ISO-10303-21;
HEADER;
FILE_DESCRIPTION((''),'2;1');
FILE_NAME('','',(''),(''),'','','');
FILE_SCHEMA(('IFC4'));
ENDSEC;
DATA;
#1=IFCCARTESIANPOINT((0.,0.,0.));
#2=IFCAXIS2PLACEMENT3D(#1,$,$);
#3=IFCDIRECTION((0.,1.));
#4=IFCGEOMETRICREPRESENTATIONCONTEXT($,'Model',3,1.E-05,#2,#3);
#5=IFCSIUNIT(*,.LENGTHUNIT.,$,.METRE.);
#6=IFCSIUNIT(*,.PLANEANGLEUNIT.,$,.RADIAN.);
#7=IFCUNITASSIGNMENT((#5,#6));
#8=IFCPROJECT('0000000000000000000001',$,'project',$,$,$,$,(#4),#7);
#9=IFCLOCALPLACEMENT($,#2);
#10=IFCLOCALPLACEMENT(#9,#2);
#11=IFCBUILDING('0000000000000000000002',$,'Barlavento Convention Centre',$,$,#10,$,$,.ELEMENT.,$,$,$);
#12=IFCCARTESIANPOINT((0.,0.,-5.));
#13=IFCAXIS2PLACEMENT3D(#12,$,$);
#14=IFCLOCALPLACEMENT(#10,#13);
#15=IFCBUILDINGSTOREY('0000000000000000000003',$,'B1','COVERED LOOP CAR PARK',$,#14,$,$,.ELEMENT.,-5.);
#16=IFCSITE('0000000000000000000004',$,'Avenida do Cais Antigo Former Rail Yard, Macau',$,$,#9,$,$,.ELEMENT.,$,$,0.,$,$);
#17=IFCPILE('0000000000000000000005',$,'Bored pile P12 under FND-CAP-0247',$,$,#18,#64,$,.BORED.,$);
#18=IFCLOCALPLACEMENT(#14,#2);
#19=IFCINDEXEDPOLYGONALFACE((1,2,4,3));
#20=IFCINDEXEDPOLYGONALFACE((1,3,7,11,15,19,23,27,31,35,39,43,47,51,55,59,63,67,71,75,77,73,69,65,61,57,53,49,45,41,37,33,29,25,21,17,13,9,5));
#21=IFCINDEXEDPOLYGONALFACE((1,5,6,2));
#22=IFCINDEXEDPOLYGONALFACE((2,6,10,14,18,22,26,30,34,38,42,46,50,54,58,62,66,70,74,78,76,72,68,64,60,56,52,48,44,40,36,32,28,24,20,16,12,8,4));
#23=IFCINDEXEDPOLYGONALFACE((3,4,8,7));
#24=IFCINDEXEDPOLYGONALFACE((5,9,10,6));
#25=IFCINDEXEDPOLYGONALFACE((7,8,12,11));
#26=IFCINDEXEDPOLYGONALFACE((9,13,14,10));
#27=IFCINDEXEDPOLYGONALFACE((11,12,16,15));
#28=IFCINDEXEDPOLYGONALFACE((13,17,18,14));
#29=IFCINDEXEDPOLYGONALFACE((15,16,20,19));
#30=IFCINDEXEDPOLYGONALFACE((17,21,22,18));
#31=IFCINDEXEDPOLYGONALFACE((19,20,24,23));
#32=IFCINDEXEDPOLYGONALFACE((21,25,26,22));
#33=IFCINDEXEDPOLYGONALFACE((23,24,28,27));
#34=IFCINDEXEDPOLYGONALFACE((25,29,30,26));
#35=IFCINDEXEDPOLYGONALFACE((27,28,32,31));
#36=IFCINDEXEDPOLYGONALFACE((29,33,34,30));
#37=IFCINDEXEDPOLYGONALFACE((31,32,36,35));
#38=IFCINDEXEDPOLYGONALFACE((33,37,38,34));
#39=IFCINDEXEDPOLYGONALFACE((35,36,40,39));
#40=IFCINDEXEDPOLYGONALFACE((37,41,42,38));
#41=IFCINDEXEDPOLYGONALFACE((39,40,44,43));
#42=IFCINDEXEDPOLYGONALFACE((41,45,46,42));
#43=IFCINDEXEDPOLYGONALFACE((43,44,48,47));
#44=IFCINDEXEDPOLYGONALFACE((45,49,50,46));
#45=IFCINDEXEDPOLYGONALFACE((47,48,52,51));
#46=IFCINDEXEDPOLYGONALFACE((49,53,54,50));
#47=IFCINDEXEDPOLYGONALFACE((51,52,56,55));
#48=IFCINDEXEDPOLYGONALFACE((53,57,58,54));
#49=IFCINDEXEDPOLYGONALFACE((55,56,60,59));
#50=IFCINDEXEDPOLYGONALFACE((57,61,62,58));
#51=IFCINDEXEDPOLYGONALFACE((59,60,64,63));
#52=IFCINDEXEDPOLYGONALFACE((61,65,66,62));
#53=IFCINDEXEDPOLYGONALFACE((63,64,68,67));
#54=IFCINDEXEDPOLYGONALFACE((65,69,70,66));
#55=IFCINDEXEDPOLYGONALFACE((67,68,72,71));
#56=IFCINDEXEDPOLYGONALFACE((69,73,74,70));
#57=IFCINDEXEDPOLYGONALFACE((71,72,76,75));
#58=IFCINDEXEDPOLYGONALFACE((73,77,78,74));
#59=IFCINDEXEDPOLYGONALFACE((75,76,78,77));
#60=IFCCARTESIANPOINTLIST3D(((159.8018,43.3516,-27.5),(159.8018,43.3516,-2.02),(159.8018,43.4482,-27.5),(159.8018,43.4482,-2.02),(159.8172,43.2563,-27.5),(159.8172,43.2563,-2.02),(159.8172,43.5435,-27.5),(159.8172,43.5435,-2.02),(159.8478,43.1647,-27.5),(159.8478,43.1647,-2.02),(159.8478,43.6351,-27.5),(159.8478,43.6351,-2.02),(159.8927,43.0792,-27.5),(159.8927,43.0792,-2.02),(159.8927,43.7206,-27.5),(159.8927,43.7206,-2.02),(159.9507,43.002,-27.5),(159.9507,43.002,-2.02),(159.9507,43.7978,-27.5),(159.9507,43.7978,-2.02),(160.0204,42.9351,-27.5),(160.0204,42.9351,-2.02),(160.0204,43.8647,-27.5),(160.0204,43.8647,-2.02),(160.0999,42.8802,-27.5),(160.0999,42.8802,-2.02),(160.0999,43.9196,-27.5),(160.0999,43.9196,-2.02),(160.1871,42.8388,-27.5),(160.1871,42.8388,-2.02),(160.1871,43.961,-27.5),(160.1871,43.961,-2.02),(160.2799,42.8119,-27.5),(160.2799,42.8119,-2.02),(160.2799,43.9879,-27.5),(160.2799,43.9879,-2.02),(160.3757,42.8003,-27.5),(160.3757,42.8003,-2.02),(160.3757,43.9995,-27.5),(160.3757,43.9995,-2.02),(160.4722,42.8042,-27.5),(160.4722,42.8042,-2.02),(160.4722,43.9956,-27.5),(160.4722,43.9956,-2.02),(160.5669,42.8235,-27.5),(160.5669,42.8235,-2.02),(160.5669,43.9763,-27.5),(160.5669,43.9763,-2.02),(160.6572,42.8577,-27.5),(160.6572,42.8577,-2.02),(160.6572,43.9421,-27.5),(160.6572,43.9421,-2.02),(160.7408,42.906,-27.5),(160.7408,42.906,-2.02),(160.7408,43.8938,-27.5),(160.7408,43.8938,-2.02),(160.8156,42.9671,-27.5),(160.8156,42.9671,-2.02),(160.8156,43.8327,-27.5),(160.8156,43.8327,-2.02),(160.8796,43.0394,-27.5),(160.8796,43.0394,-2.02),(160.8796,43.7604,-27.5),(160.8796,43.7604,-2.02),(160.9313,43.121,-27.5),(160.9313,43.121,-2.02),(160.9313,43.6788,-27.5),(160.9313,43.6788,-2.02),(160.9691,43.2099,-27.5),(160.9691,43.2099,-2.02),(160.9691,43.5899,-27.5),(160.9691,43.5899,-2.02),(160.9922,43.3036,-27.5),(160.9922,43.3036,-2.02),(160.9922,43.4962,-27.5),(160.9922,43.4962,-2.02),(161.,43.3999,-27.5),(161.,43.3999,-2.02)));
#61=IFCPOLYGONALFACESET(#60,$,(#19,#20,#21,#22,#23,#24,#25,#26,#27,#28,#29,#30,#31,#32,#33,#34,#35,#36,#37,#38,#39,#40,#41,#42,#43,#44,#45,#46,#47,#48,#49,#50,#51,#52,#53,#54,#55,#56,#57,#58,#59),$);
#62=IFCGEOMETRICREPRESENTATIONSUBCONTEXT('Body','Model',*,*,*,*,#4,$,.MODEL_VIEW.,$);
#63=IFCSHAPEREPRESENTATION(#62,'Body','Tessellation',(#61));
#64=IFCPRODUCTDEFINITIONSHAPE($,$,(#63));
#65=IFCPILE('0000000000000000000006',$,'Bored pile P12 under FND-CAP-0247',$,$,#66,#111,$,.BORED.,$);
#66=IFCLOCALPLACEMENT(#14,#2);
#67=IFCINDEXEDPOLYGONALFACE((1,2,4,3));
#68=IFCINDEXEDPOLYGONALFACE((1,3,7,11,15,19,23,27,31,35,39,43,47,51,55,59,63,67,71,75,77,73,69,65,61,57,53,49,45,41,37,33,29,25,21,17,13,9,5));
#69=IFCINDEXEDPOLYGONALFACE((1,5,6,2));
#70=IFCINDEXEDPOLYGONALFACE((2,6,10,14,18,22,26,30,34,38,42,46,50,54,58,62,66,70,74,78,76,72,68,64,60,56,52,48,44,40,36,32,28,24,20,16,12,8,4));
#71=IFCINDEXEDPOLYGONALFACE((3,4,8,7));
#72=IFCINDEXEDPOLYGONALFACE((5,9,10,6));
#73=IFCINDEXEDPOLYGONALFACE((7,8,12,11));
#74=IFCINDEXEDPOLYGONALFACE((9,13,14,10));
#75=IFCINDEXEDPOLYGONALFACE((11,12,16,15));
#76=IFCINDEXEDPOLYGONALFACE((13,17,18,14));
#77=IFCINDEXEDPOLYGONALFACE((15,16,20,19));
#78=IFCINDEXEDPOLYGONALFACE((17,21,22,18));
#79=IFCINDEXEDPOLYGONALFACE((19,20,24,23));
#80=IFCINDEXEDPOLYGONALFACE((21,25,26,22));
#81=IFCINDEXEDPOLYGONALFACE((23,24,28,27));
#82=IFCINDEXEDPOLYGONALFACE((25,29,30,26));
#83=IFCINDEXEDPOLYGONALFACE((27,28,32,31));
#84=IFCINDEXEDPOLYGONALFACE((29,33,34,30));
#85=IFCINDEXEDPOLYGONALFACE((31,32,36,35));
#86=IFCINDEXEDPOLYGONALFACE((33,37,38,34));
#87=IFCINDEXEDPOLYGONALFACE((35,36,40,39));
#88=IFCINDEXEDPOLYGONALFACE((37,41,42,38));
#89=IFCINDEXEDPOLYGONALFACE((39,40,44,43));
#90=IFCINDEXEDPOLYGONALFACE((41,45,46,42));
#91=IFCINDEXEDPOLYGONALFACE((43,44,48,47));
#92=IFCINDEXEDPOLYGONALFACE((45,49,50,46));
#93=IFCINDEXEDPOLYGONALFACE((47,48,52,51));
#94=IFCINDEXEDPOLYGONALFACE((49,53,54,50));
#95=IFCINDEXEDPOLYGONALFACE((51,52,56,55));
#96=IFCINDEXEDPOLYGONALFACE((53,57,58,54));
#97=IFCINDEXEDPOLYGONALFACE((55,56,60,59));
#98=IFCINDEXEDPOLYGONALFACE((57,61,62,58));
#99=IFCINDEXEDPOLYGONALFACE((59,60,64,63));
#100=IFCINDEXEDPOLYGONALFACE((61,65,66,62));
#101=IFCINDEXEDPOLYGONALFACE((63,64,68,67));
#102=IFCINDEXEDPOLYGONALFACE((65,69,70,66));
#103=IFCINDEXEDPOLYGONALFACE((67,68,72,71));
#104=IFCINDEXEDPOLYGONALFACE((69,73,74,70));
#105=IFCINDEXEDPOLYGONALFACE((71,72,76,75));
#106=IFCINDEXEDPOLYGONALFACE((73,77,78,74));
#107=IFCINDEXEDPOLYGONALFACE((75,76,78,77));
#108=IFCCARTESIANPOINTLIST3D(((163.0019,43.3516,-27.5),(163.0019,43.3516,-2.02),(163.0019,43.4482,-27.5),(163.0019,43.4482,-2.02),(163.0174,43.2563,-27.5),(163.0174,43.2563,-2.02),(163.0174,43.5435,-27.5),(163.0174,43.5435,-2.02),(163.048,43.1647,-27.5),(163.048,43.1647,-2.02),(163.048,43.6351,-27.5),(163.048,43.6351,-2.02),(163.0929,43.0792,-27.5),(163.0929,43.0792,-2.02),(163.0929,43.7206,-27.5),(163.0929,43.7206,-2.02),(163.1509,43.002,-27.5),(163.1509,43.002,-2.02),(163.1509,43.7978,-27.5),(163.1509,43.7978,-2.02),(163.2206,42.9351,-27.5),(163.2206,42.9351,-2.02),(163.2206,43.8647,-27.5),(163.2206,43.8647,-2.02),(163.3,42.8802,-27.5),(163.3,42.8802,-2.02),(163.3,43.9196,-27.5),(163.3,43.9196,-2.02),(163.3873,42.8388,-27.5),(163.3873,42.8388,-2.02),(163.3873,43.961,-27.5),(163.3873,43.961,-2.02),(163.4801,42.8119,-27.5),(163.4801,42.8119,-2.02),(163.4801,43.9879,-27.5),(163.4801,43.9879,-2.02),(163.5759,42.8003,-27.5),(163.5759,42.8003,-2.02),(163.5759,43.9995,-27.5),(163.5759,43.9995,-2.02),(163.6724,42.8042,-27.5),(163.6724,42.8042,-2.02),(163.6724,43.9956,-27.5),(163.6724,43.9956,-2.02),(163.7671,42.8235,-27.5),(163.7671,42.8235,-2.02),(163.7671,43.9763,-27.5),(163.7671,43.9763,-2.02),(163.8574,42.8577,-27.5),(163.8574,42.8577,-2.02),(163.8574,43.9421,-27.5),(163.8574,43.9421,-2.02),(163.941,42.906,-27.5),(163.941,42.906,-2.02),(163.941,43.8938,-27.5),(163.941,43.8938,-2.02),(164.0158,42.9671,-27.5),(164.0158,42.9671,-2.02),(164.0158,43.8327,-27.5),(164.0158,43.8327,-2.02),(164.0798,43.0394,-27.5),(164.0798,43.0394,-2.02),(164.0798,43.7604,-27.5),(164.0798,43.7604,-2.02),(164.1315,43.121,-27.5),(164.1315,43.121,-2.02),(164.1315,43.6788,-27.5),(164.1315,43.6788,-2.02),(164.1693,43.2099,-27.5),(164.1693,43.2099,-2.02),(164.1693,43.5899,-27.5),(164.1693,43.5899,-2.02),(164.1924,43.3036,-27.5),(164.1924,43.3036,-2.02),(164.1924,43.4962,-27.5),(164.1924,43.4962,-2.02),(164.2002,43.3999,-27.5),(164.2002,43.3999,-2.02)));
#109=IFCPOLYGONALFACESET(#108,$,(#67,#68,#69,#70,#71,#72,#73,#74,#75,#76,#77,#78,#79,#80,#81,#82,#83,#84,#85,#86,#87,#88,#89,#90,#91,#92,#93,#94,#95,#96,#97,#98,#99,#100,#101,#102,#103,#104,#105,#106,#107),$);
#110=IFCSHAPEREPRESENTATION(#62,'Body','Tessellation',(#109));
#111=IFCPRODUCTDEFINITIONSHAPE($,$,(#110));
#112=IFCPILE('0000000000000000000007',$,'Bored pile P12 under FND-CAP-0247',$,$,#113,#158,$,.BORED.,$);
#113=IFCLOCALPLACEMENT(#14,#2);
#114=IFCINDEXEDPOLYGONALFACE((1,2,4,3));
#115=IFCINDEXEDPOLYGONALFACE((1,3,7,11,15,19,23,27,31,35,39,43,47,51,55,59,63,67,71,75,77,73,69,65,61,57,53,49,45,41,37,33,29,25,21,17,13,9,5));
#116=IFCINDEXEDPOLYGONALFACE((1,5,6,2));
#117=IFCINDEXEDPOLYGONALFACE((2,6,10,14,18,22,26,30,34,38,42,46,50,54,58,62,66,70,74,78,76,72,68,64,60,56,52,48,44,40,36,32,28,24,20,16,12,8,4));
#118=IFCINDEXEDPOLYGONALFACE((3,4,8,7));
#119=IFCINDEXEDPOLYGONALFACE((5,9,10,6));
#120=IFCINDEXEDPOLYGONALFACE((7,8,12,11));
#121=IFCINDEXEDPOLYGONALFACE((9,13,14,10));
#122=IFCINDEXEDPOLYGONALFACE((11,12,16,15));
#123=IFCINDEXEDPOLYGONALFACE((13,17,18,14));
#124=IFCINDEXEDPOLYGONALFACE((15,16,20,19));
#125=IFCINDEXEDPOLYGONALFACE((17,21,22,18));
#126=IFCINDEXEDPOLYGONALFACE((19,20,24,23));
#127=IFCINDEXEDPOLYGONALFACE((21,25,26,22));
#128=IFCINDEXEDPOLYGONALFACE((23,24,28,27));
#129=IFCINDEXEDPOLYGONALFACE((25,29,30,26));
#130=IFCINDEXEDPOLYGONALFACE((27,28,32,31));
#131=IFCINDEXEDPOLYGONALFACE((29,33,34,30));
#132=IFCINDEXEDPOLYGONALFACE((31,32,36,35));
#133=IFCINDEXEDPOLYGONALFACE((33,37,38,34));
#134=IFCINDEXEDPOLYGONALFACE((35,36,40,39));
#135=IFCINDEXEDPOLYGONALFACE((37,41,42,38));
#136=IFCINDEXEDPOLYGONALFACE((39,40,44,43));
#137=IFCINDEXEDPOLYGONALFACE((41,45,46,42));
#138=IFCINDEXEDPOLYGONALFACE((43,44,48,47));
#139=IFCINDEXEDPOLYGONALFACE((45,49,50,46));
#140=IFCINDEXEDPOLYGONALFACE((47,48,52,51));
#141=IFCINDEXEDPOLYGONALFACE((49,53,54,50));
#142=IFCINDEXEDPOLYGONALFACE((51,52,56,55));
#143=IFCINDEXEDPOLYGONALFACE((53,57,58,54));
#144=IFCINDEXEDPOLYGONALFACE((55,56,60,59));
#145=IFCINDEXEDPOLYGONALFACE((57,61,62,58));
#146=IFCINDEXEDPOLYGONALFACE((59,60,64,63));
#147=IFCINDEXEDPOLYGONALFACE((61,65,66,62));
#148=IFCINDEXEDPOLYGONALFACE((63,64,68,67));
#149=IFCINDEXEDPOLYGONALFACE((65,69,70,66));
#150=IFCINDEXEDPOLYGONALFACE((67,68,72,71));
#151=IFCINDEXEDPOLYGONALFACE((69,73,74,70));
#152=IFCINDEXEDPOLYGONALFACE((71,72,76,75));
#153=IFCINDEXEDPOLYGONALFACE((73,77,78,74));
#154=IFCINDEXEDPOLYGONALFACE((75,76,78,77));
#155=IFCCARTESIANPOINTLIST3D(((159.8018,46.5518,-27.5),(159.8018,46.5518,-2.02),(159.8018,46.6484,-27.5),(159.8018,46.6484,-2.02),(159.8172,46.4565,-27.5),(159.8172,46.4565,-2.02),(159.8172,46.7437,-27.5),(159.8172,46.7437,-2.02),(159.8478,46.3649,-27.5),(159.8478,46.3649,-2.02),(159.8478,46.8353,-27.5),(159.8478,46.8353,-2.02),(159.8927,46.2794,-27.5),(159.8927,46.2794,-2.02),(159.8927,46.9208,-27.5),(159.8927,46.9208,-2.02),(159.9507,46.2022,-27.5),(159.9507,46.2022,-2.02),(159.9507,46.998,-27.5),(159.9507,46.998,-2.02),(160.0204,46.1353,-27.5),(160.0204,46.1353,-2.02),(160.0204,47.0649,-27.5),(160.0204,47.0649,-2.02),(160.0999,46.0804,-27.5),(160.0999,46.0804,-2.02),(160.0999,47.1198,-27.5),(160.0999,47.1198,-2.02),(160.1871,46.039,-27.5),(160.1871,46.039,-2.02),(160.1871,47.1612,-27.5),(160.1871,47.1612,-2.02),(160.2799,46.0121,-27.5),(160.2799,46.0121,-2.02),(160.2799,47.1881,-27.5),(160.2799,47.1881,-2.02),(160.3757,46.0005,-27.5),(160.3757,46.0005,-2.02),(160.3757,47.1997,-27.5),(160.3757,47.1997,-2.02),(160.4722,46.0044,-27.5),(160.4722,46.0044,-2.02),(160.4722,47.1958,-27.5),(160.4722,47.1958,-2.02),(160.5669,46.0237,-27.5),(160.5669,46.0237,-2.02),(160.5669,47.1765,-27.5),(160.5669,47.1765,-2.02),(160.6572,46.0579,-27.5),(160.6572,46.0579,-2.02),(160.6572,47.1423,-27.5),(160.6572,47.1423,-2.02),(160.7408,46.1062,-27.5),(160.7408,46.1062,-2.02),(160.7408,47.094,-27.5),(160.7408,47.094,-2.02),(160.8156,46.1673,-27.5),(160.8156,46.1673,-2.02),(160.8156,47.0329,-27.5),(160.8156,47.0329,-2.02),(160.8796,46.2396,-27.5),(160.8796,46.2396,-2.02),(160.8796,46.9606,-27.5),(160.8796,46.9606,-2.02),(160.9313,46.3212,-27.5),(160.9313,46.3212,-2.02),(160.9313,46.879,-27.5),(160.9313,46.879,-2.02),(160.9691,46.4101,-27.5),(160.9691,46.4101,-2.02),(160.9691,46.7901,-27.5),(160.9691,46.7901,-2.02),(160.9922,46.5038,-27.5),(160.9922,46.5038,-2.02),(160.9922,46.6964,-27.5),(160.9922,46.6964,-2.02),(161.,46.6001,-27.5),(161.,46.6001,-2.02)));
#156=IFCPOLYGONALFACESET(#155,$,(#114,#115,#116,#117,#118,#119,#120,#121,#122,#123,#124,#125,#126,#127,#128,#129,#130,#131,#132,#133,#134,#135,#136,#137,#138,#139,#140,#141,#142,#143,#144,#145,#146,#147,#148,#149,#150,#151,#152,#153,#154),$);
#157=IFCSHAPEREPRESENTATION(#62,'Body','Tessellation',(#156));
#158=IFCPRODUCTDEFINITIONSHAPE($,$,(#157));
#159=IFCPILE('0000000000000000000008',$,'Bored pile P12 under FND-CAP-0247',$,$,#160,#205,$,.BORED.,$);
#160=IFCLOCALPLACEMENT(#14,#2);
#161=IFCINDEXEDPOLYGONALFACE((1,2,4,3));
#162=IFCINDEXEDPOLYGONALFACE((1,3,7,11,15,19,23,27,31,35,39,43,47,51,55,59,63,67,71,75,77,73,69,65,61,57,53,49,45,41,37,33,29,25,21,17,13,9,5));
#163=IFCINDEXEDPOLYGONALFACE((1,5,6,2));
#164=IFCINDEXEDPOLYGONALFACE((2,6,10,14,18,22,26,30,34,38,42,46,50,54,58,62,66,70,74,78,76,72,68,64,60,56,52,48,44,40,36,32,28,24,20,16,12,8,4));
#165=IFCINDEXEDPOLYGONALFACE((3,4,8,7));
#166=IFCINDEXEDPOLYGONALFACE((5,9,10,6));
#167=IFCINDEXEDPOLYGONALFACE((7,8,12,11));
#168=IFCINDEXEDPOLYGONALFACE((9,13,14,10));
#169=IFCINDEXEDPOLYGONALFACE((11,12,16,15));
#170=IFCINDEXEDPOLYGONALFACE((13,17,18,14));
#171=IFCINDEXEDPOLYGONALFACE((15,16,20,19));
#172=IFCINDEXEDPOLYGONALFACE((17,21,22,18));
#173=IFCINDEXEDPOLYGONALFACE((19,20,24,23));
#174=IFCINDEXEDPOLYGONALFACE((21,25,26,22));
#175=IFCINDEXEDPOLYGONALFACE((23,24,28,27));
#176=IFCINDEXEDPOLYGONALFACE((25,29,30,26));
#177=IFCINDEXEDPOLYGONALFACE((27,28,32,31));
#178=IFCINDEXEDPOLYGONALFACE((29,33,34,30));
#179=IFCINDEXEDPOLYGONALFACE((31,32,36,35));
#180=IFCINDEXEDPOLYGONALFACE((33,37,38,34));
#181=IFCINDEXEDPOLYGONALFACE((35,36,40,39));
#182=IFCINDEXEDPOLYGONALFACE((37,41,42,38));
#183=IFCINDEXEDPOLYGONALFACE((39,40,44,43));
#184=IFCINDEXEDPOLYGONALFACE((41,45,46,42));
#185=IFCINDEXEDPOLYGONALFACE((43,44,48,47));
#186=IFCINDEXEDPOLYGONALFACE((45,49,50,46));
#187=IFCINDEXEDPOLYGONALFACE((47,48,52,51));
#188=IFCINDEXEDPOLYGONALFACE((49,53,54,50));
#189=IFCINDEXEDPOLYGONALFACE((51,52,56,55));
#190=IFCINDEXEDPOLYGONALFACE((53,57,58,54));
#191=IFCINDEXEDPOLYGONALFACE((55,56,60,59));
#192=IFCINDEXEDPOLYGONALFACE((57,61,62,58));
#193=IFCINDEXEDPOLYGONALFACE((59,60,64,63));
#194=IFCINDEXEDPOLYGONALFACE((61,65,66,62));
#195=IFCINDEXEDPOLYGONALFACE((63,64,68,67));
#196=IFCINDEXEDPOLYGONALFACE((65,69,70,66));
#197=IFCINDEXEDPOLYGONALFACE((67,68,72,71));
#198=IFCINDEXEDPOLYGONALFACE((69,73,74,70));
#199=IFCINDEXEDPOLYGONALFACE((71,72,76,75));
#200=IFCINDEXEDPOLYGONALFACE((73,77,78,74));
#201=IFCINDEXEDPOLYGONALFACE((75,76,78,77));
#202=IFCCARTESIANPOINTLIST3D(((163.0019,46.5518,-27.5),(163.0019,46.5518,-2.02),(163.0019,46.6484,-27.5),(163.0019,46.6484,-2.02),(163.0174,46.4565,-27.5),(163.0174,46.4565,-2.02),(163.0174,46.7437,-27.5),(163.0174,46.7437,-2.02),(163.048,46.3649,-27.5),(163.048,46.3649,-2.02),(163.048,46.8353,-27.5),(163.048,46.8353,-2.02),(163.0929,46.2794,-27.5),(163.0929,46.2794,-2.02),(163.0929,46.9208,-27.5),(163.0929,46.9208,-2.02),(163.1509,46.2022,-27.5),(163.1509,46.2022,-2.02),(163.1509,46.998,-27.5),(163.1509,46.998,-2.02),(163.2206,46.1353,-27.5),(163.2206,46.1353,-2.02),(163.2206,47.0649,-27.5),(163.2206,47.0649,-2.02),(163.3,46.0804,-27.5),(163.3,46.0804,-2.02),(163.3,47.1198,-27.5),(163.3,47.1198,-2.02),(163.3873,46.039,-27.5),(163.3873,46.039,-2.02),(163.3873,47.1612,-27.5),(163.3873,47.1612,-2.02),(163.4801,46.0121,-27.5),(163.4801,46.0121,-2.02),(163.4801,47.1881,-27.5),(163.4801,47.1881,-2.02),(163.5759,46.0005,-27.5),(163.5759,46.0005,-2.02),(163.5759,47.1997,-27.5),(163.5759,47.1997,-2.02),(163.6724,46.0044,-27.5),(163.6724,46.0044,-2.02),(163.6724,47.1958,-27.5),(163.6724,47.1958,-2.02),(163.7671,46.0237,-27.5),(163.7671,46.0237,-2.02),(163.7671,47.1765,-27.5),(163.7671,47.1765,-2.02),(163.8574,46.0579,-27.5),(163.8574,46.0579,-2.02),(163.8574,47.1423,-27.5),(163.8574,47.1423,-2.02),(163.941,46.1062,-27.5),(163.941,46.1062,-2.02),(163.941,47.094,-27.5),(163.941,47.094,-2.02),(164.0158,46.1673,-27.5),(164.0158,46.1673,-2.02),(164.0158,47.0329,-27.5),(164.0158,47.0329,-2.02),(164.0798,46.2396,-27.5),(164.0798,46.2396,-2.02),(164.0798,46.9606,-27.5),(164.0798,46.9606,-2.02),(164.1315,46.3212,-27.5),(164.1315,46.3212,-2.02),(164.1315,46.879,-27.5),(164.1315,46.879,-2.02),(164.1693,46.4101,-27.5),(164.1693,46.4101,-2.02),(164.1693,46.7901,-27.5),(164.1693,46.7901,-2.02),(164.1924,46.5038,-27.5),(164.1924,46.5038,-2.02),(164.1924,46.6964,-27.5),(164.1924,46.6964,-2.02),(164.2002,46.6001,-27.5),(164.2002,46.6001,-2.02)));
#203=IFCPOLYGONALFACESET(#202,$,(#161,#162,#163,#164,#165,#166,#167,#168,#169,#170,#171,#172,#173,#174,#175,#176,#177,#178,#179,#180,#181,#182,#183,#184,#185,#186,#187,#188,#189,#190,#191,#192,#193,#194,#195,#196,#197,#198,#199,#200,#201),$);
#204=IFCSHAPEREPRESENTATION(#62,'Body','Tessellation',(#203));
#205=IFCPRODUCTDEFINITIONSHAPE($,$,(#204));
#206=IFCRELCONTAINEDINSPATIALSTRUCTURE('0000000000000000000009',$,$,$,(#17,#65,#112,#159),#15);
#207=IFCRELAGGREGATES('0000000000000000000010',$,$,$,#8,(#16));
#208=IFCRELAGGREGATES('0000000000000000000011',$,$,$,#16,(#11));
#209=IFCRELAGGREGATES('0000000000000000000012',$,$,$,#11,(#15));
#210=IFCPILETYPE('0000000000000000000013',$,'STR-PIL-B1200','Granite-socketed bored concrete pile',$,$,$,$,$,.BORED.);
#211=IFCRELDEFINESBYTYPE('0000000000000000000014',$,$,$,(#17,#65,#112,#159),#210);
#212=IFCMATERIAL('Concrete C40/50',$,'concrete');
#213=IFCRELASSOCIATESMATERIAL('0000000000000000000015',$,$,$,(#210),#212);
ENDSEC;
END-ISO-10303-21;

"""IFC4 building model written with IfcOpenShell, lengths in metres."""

from ifc_helpers import new_model, si_unit, direction, frame, origin, origin_2d, place, context, subcontext, project, spatial, circle, extrude, material, material_profile, profile_set, type_object, element, save


model = new_model("IFC4")

# Units and contexts
model_context = context("Model", 3, precision=1e-05, world=origin(), true_north=direction((0.0, 1.0)))
body_context = subcontext(model_context, "Body", "Model", "MODEL_VIEW")
ifc_project = project(units=[si_unit("LENGTHUNIT", "METRE"), si_unit("PLANEANGLEUNIT", "RADIAN")], contexts=[model_context])

# Site, building, storey
site_placement = place(None, origin())
site = spatial("IfcSite", under=ifc_project, at=site_placement, Name="Avenida do Cais Antigo Former Rail Yard, Macau", CompositionType="ELEMENT", RefElevation=0.0)
building_placement = place(site_placement, origin())
building = spatial("IfcBuilding", under=site, at=building_placement, Name="Barlavento Convention Centre", CompositionType="ELEMENT")
storey_placement = place(building_placement, frame((0.0, 0.0, -5.0)))
storey = spatial("IfcBuildingStorey", under=building, at=storey_placement, Name="B1", Description="COVERED LOOP CAR PARK", CompositionType="ELEMENT", Elevation=-5.0)

# Shared definitions
ifc_material_1 = material(Name="Concrete C40/50", Category="concrete")

# Piles
ifc_material_profile_1 = material_profile(ifc_material_1, circle(Radius=0.6001, at=origin_2d()), Name="BORED PILE 1200")
ifc_profile_set_1 = profile_set([ifc_material_profile_1], Name="Concrete C40/50")
pile_type_1 = type_object("IfcPileType", Name="STR-PIL-B1200", Description="Granite-socketed bored concrete pile", PredefinedType="BORED", material=ifc_profile_set_1)
for number, where, z_axis, x_axis, name in (
    (1, (160.3999, 43.3999, -2.02), (0.0, 0.0, -1.0), (1.0, 0.0, 0.0), "Bored pile P12 under FND-CAP-0247"),
    (2, (163.6001, 43.3999, -2.02), (0.0, 0.0, -1.0), (1.0, 0.0, 0.0), "Bored pile P12 under FND-CAP-0247"),
    (3, (160.3999, 46.6001, -2.02), (0.0, 0.0, -1.0), (1.0, 0.0, 0.0), "Bored pile P12 under FND-CAP-0247"),
    (4, (163.6001, 46.6001, -2.02), (0.0, 0.0, -1.0), (1.0, 0.0, 0.0), "Bored pile P12 under FND-CAP-0247"),
):
    element("IfcPile", number, at=place(storey_placement, frame(where, z_axis=z_axis, x_axis=x_axis)), inside=storey, type_object=pile_type_1, Name=name, PredefinedType="BORED", context=body_context, shape_type="SweptSolid", body=[
        extrude(circle(Radius=0.6001, at=origin_2d()), origin(), (0.0, 0.0, 1.0), 25.48),
    ])

save(model, "model.ifc")
